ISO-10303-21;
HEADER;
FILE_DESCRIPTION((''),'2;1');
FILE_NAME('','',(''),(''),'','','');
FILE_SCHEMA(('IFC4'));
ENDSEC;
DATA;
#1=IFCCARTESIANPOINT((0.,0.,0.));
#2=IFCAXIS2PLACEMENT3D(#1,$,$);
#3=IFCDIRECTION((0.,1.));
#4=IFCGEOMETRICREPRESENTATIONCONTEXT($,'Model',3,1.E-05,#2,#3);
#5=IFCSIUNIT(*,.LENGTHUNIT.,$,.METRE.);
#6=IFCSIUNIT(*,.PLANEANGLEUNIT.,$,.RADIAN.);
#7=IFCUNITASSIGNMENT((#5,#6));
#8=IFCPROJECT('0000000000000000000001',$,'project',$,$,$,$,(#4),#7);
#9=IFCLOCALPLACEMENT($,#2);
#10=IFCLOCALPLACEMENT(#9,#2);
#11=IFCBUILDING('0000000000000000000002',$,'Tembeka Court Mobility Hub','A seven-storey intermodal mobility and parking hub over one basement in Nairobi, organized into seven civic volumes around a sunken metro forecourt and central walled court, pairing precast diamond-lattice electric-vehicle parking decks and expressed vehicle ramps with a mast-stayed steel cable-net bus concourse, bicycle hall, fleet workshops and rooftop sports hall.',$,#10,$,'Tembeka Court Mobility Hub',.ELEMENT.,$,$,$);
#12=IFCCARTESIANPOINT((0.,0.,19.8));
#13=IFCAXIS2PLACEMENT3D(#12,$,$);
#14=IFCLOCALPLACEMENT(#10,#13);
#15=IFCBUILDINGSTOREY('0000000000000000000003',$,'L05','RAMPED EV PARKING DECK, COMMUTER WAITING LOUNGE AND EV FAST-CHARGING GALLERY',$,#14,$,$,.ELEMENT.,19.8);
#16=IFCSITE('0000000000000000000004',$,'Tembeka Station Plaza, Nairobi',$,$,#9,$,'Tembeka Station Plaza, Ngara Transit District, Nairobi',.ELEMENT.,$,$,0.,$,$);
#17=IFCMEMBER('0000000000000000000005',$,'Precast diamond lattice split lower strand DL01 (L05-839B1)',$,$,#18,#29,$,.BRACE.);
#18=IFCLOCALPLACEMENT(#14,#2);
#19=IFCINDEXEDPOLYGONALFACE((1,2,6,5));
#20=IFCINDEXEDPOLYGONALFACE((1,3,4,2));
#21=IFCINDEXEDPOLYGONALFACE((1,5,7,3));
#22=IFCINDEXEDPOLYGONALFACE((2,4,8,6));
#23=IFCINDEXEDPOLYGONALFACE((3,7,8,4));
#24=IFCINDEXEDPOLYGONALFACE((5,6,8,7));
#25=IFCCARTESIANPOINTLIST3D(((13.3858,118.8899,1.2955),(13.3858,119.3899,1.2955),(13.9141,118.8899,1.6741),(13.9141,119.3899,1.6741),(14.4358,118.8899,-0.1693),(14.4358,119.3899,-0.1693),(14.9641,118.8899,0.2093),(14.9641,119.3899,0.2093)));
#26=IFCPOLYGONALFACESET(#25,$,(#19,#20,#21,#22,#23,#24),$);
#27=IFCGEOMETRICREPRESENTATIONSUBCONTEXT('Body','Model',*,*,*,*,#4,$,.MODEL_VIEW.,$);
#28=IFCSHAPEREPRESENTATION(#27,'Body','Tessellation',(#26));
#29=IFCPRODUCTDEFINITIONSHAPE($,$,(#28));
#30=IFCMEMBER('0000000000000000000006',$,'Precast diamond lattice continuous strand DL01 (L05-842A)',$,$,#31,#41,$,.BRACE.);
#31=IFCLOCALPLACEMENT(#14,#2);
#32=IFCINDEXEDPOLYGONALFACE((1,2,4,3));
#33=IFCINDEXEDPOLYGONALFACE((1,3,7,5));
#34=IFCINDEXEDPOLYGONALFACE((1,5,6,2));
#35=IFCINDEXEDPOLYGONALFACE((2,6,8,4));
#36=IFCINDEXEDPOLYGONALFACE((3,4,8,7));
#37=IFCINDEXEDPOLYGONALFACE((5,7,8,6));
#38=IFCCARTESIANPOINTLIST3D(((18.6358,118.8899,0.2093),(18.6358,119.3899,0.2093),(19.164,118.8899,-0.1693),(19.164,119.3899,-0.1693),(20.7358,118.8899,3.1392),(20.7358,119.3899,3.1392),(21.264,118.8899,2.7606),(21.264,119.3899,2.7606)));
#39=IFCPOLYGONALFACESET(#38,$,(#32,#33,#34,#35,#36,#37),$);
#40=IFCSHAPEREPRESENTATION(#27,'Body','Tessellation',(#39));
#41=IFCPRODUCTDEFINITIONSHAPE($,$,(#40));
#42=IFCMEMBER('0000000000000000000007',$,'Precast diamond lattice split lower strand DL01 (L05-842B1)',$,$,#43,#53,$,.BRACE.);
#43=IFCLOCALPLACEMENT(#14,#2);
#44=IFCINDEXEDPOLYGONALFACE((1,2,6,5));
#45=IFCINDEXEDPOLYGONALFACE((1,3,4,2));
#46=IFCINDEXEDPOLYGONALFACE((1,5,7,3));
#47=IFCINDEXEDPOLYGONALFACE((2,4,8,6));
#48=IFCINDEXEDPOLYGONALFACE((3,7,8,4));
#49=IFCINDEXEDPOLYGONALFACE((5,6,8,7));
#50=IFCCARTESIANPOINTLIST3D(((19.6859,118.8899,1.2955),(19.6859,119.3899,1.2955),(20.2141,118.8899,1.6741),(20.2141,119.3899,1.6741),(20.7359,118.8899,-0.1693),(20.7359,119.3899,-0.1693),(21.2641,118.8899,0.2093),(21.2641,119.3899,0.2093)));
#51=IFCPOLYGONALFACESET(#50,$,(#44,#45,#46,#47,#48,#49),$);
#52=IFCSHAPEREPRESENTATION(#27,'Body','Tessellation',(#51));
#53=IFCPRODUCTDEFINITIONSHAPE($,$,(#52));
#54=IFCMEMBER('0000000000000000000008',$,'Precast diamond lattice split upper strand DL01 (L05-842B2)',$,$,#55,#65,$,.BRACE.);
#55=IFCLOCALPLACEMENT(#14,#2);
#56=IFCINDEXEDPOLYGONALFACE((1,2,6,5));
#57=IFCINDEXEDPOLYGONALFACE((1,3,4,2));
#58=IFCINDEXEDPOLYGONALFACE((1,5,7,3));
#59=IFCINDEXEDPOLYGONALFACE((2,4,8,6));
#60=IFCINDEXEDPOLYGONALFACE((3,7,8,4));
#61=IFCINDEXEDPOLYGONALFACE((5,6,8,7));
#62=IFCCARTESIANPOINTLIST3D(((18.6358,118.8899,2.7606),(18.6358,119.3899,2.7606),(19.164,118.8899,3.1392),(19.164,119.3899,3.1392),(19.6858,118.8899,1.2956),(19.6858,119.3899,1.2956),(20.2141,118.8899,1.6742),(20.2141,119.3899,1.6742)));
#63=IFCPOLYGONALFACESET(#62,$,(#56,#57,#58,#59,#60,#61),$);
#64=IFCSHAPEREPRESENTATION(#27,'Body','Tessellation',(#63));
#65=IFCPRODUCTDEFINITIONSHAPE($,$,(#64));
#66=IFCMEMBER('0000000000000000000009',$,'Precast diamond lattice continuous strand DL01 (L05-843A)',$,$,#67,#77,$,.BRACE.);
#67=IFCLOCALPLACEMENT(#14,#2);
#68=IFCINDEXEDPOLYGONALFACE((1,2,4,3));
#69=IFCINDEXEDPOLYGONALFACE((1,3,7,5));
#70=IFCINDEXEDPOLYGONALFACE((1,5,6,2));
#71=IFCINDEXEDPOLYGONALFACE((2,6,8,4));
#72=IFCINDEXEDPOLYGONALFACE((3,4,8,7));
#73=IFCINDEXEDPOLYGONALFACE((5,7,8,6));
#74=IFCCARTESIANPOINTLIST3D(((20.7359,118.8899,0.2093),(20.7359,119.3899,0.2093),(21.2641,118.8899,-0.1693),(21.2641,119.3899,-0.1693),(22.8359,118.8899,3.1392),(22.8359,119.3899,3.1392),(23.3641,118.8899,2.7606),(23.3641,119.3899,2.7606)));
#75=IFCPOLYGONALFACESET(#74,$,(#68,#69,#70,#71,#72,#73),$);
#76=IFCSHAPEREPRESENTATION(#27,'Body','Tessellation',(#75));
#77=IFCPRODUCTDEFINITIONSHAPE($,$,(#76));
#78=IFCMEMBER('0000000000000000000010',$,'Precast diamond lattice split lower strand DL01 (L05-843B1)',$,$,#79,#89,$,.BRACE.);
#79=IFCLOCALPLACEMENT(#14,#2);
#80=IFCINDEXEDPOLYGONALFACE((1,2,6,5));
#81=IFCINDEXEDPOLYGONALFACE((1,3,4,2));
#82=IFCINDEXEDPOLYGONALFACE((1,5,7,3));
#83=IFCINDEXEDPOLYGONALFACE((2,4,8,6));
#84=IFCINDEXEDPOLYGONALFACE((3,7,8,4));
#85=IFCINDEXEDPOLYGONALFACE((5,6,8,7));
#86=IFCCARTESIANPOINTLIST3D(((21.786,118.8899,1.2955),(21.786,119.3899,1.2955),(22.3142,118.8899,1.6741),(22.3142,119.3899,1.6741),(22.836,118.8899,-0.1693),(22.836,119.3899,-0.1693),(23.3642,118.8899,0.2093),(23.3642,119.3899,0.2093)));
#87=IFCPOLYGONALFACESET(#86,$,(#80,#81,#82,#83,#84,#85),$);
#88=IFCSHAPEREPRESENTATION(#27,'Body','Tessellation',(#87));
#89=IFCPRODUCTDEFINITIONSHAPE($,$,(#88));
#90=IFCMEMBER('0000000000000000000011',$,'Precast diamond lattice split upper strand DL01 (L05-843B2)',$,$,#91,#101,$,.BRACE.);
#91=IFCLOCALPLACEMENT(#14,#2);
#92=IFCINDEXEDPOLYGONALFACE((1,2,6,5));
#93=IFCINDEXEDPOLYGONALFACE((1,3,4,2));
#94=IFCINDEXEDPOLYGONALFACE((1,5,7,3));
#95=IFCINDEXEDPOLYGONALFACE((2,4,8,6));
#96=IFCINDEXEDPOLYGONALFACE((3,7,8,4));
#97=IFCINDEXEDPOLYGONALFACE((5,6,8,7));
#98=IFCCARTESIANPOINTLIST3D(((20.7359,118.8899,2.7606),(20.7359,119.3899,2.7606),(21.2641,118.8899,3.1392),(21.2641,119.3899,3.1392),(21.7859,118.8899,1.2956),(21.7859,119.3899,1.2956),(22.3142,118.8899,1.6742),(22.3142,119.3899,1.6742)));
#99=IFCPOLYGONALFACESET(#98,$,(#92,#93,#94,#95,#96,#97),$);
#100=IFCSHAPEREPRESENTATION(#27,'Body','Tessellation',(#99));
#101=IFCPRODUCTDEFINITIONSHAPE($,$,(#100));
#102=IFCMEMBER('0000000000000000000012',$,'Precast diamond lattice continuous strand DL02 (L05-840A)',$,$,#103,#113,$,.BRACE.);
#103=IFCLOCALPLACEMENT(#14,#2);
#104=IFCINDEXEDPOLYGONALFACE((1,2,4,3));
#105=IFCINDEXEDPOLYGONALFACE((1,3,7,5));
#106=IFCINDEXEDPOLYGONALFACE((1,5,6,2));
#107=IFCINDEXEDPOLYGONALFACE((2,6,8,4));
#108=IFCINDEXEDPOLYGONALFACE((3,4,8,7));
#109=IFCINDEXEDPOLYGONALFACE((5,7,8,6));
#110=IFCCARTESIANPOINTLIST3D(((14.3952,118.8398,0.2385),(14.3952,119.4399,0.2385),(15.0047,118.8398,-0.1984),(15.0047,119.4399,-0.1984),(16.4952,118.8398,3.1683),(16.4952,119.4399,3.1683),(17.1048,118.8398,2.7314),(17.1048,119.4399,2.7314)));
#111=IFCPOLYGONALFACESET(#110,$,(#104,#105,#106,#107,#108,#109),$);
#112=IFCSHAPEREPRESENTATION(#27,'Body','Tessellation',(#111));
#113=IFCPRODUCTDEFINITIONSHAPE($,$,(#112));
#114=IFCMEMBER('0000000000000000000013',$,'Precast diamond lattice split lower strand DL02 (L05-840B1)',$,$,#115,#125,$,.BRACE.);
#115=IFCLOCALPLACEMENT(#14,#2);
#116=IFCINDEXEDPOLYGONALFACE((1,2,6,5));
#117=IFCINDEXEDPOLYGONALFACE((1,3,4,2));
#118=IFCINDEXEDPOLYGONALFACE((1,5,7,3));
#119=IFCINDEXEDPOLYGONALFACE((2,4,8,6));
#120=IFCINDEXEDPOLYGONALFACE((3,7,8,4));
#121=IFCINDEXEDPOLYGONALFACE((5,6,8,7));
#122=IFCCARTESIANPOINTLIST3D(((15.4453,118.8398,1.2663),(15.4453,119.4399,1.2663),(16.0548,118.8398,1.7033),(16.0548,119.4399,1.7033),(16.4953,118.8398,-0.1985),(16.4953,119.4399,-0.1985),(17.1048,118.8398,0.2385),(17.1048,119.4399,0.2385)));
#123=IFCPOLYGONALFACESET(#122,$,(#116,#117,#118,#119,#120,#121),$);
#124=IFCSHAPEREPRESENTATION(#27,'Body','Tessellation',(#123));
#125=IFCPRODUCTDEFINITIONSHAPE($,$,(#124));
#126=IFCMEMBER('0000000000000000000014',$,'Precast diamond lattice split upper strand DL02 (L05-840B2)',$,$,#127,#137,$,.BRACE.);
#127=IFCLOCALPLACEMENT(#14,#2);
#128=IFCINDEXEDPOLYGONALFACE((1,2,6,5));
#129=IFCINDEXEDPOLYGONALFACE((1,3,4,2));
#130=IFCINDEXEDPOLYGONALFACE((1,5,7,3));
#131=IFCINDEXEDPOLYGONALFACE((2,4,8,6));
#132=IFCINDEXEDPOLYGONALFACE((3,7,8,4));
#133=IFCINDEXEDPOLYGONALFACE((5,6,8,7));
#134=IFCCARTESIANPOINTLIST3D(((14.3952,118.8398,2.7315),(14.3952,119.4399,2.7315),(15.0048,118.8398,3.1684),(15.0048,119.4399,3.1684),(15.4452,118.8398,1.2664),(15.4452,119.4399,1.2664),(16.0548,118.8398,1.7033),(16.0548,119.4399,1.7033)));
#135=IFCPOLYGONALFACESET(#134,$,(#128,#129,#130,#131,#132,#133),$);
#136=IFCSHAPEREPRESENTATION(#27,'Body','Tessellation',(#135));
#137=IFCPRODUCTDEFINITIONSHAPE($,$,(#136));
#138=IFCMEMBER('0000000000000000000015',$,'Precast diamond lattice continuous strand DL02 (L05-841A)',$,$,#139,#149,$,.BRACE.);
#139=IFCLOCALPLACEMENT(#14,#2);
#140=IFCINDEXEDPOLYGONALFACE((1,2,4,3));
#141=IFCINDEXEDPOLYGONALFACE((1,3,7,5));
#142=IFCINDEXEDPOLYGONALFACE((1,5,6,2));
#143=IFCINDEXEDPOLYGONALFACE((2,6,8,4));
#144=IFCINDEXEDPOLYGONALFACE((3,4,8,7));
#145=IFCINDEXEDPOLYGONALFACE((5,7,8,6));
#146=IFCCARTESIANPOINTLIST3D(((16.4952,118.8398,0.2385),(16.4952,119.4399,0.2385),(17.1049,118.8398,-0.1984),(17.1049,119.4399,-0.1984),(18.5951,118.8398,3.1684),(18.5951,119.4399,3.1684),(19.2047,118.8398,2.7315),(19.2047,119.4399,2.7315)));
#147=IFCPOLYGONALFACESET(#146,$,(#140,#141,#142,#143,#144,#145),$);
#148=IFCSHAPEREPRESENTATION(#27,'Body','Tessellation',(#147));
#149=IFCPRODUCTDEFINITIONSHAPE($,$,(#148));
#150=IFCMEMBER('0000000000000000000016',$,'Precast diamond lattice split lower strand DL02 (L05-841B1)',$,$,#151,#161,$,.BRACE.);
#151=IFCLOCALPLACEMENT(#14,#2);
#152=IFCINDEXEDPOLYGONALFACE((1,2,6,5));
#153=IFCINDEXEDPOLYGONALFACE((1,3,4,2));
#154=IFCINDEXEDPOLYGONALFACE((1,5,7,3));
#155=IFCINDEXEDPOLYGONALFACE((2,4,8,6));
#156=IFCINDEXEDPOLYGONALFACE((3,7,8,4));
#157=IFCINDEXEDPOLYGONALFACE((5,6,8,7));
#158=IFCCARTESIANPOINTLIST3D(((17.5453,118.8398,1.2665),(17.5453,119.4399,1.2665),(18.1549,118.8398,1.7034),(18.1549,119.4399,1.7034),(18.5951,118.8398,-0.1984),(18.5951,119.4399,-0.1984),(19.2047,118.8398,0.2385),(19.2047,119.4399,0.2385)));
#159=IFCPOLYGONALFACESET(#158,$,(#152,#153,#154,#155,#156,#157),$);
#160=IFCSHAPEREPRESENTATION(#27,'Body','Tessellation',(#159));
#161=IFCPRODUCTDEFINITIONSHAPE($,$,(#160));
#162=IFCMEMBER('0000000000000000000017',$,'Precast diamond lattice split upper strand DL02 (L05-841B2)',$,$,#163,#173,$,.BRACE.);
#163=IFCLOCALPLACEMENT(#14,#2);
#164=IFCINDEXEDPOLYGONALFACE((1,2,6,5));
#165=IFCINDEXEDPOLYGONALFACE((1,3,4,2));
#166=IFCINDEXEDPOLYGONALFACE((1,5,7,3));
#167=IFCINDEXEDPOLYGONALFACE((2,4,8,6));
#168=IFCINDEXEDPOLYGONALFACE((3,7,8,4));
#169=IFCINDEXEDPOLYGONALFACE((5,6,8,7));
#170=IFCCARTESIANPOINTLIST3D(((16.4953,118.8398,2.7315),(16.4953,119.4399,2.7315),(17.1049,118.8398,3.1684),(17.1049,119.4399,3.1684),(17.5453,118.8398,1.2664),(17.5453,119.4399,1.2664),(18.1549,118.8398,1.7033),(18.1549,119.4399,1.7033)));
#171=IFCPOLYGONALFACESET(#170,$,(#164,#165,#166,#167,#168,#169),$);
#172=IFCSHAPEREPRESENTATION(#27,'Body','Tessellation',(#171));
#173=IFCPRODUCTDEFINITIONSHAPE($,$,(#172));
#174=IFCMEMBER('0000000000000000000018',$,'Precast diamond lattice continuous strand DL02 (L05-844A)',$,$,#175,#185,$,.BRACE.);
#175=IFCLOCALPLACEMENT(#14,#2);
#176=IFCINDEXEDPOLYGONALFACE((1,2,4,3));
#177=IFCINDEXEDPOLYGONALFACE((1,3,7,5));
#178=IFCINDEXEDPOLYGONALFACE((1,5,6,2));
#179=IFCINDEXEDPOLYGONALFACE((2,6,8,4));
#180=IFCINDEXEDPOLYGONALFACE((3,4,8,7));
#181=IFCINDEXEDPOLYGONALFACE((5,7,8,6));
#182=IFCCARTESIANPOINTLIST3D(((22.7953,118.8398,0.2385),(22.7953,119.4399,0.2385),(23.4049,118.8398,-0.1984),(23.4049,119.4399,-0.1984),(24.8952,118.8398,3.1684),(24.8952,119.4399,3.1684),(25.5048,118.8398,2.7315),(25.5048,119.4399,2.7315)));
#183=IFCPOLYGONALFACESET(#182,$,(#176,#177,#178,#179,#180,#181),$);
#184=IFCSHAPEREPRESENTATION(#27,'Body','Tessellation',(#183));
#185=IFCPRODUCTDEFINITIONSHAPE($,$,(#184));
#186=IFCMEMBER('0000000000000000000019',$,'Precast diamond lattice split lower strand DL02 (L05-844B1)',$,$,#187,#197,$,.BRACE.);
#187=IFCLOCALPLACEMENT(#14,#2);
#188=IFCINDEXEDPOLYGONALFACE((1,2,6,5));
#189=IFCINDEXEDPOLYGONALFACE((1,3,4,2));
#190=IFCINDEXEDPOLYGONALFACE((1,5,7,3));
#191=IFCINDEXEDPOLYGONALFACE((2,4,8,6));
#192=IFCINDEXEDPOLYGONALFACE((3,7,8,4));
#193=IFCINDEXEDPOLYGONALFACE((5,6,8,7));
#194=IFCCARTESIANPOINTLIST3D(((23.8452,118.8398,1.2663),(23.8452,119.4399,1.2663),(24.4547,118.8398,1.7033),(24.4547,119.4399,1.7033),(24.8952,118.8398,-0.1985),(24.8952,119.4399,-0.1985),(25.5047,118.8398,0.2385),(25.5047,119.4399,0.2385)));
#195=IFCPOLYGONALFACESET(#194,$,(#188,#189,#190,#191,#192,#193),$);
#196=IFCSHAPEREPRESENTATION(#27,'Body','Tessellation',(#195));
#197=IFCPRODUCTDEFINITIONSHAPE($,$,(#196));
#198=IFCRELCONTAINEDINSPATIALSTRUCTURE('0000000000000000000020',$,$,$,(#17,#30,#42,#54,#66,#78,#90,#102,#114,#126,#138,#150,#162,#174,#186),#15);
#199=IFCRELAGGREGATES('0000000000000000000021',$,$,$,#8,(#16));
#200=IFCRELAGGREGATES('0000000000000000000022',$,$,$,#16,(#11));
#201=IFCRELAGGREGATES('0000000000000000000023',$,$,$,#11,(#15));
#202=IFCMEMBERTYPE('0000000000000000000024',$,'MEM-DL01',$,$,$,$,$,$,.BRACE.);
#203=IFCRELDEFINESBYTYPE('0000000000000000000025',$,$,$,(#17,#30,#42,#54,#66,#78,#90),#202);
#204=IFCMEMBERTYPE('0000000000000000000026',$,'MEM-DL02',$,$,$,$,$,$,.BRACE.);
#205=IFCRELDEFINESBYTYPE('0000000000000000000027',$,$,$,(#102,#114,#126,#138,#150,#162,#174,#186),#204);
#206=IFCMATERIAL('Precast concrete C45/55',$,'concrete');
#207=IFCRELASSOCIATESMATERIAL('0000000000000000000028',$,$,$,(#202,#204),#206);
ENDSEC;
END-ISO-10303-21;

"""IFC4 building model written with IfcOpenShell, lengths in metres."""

from ifc_helpers import new_model, si_unit, direction, frame, origin, origin_2d, place, context, subcontext, project, spatial, rectangle, extrude, material, material_profile, profile_set, type_object, element, save


model = new_model("IFC4")

# Units and contexts
model_context = context("Model", 3, precision=1e-05, world=origin(), true_north=direction((0.0, 1.0)))
body_context = subcontext(model_context, "Body", "Model", "MODEL_VIEW")
ifc_project = project(units=[si_unit("LENGTHUNIT", "METRE"), si_unit("PLANEANGLEUNIT", "RADIAN")], contexts=[model_context])

# Site, building, storey
site_placement = place(None, origin())
site = spatial("IfcSite", under=ifc_project, at=site_placement, Name="Tembeka Station Plaza, Nairobi", LongName="Tembeka Station Plaza, Ngara Transit District, Nairobi", CompositionType="ELEMENT", RefElevation=0.0)
building_placement = place(site_placement, origin())
building = spatial("IfcBuilding", under=site, at=building_placement, Name="Tembeka Court Mobility Hub", Description="A seven-storey intermodal mobility and parking hub over one basement in Nairobi, organized into seven civic volumes around a sunken metro forecourt and central walled court, pairing precast diamond-lattice electric-vehicle parking decks and expressed vehicle ramps with a mast-stayed steel cable-net bus concourse, bicycle hall, fleet workshops and rooftop sports hall.", LongName="Tembeka Court Mobility Hub", CompositionType="ELEMENT")
storey_placement = place(building_placement, frame((0.0, 0.0, 19.8)))
storey = spatial("IfcBuildingStorey", under=building, at=storey_placement, Name="L05", Description="RAMPED EV PARKING DECK, COMMUTER WAITING LOUNGE AND EV FAST-CHARGING GALLERY", CompositionType="ELEMENT", Elevation=19.8)

# Members
ifc_material = material(Name="Precast concrete C45/55", Category="concrete")
ifc_material_profile_1 = material_profile(ifc_material, rectangle(XDim=0.5, YDim=0.6499, at=origin_2d()), Name="PC-DIAG 500x650")
ifc_profile_set_1 = profile_set([ifc_material_profile_1], Name="Precast concrete C45/55")
member_type_1 = type_object("IfcMemberType", Name="MEM-DL01", PredefinedType="BRACE", material=ifc_profile_set_1)
member_1_placement = place(storey_placement, frame((14.7, 119.1399, 0.02), z_axis=(-0.582608, 0.0, 0.812753), x_axis=(0.0, -1.0, 0.0)))
element("IfcMember", 1, at=member_1_placement, inside=storey, type_object=member_type_1, Name="Precast diamond lattice split lower strand DL01 (L05-839B1)", PredefinedType="BRACE", context=body_context, shape_type="SweptSolid", body=[
    extrude(rectangle(XDim=0.5, YDim=0.6499, at=origin_2d()), origin(), (0.0, 0.0, 1.0), 1.8022),
])
member_2_placement = place(storey_placement, frame((18.8999, 119.1399, 0.02), z_axis=(0.582576, 0.0, 0.812776), x_axis=(0.0, 1.0, 0.0)))
element("IfcMember", 2, at=member_2_placement, inside=storey, type_object=member_type_1, Name="Precast diamond lattice continuous strand DL01 (L05-842A)", PredefinedType="BRACE", context=body_context, shape_type="SweptSolid", body=[
    extrude(rectangle(XDim=0.5, YDim=0.6499, at=origin_2d()), origin(), (0.0, 0.0, 1.0), 3.6047),
])
member_3_placement = place(storey_placement, frame((21.0, 119.1399, 0.02), z_axis=(-0.582608, 0.0, 0.812753), x_axis=(0.0, -1.0, 0.0)))
element("IfcMember", 3, at=member_3_placement, inside=storey, type_object=member_type_1, Name="Precast diamond lattice split lower strand DL01 (L05-842B1)", PredefinedType="BRACE", context=body_context, shape_type="SweptSolid", body=[
    extrude(rectangle(XDim=0.5, YDim=0.6499, at=origin_2d()), origin(), (0.0, 0.0, 1.0), 1.8022),
])
member_4_placement = place(storey_placement, frame((19.95, 119.1399, 1.4849), z_axis=(-0.582544, 0.0, 0.812799), x_axis=(0.0, -1.0, 0.0)))
element("IfcMember", 4, at=member_4_placement, inside=storey, type_object=member_type_1, Name="Precast diamond lattice split upper strand DL01 (L05-842B2)", PredefinedType="BRACE", context=body_context, shape_type="SweptSolid", body=[
    extrude(rectangle(XDim=0.5, YDim=0.6499, at=origin_2d()), origin(), (0.0, 0.0, 1.0), 1.8025),
])
member_5_placement = place(storey_placement, frame((21.0, 119.1399, 0.02), z_axis=(0.582576, 0.0, 0.812776), x_axis=(0.0, 1.0, 0.0)))
element("IfcMember", 5, at=member_5_placement, inside=storey, type_object=member_type_1, Name="Precast diamond lattice continuous strand DL01 (L05-843A)", PredefinedType="BRACE", context=body_context, shape_type="SweptSolid", body=[
    extrude(rectangle(XDim=0.5, YDim=0.6499, at=origin_2d()), origin(), (0.0, 0.0, 1.0), 3.6047),
])
member_6_placement = place(storey_placement, frame((23.1001, 119.1399, 0.02), z_axis=(-0.582608, 0.0, 0.812753), x_axis=(0.0, -1.0, 0.0)))
element("IfcMember", 6, at=member_6_placement, inside=storey, type_object=member_type_1, Name="Precast diamond lattice split lower strand DL01 (L05-843B1)", PredefinedType="BRACE", context=body_context, shape_type="SweptSolid", body=[
    extrude(rectangle(XDim=0.5, YDim=0.6499, at=origin_2d()), origin(), (0.0, 0.0, 1.0), 1.8022),
])
member_7_placement = place(storey_placement, frame((22.05, 119.1399, 1.4849), z_axis=(-0.582544, 0.0, 0.812799), x_axis=(0.0, -1.0, 0.0)))
element("IfcMember", 7, at=member_7_placement, inside=storey, type_object=member_type_1, Name="Precast diamond lattice split upper strand DL01 (L05-843B2)", PredefinedType="BRACE", context=body_context, shape_type="SweptSolid", body=[
    extrude(rectangle(XDim=0.5, YDim=0.6499, at=origin_2d()), origin(), (0.0, 0.0, 1.0), 1.8025),
])
ifc_material_profile_2 = material_profile(ifc_material, rectangle(XDim=0.6001, YDim=0.75, at=origin_2d()), Name="PC-DIAG 600x750")
ifc_profile_set_2 = profile_set([ifc_material_profile_2], Name="Precast concrete C45/55")
member_type_2 = type_object("IfcMemberType", Name="MEM-DL02", PredefinedType="BRACE", material=ifc_profile_set_2)
member_8_placement = place(storey_placement, frame((14.7, 119.1399, 0.02), z_axis=(0.582576, 0.0, 0.812776), x_axis=(0.0, 1.0, 0.0)))
element("IfcMember", 8, at=member_8_placement, inside=storey, type_object=member_type_2, Name="Precast diamond lattice continuous strand DL02 (L05-840A)", PredefinedType="BRACE", context=body_context, shape_type="SweptSolid", body=[
    extrude(rectangle(XDim=0.6001, YDim=0.75, at=origin_2d()), origin(), (0.0, 0.0, 1.0), 3.6047),
])
member_9_placement = place(storey_placement, frame((16.8, 119.1399, 0.02), z_axis=(-0.582608, 0.0, 0.812753), x_axis=(0.0, -1.0, 0.0)))
element("IfcMember", 9, at=member_9_placement, inside=storey, type_object=member_type_2, Name="Precast diamond lattice split lower strand DL02 (L05-840B1)", PredefinedType="BRACE", context=body_context, shape_type="SweptSolid", body=[
    extrude(rectangle(XDim=0.6001, YDim=0.75, at=origin_2d()), origin(), (0.0, 0.0, 1.0), 1.8022),
])
member_10_placement = place(storey_placement, frame((15.75, 119.1399, 1.4849), z_axis=(-0.582544, 0.0, 0.812799), x_axis=(0.0, -1.0, 0.0)))
element("IfcMember", 10, at=member_10_placement, inside=storey, type_object=member_type_2, Name="Precast diamond lattice split upper strand DL02 (L05-840B2)", PredefinedType="BRACE", context=body_context, shape_type="SweptSolid", body=[
    extrude(rectangle(XDim=0.6001, YDim=0.75, at=origin_2d()), origin(), (0.0, 0.0, 1.0), 1.8025),
])
member_11_placement = place(storey_placement, frame((16.8, 119.1399, 0.02), z_axis=(0.582532, 0.0, 0.812808), x_axis=(0.0, 1.0, 0.0)))
element("IfcMember", 11, at=member_11_placement, inside=storey, type_object=member_type_2, Name="Precast diamond lattice continuous strand DL02 (L05-841A)", PredefinedType="BRACE", context=body_context, shape_type="SweptSolid", body=[
    extrude(rectangle(XDim=0.6001, YDim=0.75, at=origin_2d()), origin(), (0.0, 0.0, 1.0), 3.6047),
])
member_12_placement = place(storey_placement, frame((18.8999, 119.1399, 0.02), z_axis=(-0.582519, 0.0, 0.812817), x_axis=(0.0, -1.0, 0.0)))
element("IfcMember", 12, at=member_12_placement, inside=storey, type_object=member_type_2, Name="Precast diamond lattice split lower strand DL02 (L05-841B1)", PredefinedType="BRACE", context=body_context, shape_type="SweptSolid", body=[
    extrude(rectangle(XDim=0.6001, YDim=0.75, at=origin_2d()), origin(), (0.0, 0.0, 1.0), 1.8022),
])
member_13_placement = place(storey_placement, frame((17.8501, 119.1399, 1.4849), z_axis=(-0.582544, 0.0, 0.812799), x_axis=(0.0, -1.0, 0.0)))
element("IfcMember", 13, at=member_13_placement, inside=storey, type_object=member_type_2, Name="Precast diamond lattice split upper strand DL02 (L05-841B2)", PredefinedType="BRACE", context=body_context, shape_type="SweptSolid", body=[
    extrude(rectangle(XDim=0.6001, YDim=0.75, at=origin_2d()), origin(), (0.0, 0.0, 1.0), 1.8025),
])
member_14_placement = place(storey_placement, frame((23.1001, 119.1399, 0.02), z_axis=(0.582532, 0.0, 0.812808), x_axis=(0.0, 1.0, 0.0)))
element("IfcMember", 14, at=member_14_placement, inside=storey, type_object=member_type_2, Name="Precast diamond lattice continuous strand DL02 (L05-844A)", PredefinedType="BRACE", context=body_context, shape_type="SweptSolid", body=[
    extrude(rectangle(XDim=0.6001, YDim=0.75, at=origin_2d()), origin(), (0.0, 0.0, 1.0), 3.6047),
])
member_15_placement = place(storey_placement, frame((25.2, 119.1399, 0.02), z_axis=(-0.582608, 0.0, 0.812753), x_axis=(0.0, -1.0, 0.0)))
element("IfcMember", 15, at=member_15_placement, inside=storey, type_object=member_type_2, Name="Precast diamond lattice split lower strand DL02 (L05-844B1)", PredefinedType="BRACE", context=body_context, shape_type="SweptSolid", body=[
    extrude(rectangle(XDim=0.6001, YDim=0.75, at=origin_2d()), origin(), (0.0, 0.0, 1.0), 1.8022),
])

save(model, "model.ifc")
